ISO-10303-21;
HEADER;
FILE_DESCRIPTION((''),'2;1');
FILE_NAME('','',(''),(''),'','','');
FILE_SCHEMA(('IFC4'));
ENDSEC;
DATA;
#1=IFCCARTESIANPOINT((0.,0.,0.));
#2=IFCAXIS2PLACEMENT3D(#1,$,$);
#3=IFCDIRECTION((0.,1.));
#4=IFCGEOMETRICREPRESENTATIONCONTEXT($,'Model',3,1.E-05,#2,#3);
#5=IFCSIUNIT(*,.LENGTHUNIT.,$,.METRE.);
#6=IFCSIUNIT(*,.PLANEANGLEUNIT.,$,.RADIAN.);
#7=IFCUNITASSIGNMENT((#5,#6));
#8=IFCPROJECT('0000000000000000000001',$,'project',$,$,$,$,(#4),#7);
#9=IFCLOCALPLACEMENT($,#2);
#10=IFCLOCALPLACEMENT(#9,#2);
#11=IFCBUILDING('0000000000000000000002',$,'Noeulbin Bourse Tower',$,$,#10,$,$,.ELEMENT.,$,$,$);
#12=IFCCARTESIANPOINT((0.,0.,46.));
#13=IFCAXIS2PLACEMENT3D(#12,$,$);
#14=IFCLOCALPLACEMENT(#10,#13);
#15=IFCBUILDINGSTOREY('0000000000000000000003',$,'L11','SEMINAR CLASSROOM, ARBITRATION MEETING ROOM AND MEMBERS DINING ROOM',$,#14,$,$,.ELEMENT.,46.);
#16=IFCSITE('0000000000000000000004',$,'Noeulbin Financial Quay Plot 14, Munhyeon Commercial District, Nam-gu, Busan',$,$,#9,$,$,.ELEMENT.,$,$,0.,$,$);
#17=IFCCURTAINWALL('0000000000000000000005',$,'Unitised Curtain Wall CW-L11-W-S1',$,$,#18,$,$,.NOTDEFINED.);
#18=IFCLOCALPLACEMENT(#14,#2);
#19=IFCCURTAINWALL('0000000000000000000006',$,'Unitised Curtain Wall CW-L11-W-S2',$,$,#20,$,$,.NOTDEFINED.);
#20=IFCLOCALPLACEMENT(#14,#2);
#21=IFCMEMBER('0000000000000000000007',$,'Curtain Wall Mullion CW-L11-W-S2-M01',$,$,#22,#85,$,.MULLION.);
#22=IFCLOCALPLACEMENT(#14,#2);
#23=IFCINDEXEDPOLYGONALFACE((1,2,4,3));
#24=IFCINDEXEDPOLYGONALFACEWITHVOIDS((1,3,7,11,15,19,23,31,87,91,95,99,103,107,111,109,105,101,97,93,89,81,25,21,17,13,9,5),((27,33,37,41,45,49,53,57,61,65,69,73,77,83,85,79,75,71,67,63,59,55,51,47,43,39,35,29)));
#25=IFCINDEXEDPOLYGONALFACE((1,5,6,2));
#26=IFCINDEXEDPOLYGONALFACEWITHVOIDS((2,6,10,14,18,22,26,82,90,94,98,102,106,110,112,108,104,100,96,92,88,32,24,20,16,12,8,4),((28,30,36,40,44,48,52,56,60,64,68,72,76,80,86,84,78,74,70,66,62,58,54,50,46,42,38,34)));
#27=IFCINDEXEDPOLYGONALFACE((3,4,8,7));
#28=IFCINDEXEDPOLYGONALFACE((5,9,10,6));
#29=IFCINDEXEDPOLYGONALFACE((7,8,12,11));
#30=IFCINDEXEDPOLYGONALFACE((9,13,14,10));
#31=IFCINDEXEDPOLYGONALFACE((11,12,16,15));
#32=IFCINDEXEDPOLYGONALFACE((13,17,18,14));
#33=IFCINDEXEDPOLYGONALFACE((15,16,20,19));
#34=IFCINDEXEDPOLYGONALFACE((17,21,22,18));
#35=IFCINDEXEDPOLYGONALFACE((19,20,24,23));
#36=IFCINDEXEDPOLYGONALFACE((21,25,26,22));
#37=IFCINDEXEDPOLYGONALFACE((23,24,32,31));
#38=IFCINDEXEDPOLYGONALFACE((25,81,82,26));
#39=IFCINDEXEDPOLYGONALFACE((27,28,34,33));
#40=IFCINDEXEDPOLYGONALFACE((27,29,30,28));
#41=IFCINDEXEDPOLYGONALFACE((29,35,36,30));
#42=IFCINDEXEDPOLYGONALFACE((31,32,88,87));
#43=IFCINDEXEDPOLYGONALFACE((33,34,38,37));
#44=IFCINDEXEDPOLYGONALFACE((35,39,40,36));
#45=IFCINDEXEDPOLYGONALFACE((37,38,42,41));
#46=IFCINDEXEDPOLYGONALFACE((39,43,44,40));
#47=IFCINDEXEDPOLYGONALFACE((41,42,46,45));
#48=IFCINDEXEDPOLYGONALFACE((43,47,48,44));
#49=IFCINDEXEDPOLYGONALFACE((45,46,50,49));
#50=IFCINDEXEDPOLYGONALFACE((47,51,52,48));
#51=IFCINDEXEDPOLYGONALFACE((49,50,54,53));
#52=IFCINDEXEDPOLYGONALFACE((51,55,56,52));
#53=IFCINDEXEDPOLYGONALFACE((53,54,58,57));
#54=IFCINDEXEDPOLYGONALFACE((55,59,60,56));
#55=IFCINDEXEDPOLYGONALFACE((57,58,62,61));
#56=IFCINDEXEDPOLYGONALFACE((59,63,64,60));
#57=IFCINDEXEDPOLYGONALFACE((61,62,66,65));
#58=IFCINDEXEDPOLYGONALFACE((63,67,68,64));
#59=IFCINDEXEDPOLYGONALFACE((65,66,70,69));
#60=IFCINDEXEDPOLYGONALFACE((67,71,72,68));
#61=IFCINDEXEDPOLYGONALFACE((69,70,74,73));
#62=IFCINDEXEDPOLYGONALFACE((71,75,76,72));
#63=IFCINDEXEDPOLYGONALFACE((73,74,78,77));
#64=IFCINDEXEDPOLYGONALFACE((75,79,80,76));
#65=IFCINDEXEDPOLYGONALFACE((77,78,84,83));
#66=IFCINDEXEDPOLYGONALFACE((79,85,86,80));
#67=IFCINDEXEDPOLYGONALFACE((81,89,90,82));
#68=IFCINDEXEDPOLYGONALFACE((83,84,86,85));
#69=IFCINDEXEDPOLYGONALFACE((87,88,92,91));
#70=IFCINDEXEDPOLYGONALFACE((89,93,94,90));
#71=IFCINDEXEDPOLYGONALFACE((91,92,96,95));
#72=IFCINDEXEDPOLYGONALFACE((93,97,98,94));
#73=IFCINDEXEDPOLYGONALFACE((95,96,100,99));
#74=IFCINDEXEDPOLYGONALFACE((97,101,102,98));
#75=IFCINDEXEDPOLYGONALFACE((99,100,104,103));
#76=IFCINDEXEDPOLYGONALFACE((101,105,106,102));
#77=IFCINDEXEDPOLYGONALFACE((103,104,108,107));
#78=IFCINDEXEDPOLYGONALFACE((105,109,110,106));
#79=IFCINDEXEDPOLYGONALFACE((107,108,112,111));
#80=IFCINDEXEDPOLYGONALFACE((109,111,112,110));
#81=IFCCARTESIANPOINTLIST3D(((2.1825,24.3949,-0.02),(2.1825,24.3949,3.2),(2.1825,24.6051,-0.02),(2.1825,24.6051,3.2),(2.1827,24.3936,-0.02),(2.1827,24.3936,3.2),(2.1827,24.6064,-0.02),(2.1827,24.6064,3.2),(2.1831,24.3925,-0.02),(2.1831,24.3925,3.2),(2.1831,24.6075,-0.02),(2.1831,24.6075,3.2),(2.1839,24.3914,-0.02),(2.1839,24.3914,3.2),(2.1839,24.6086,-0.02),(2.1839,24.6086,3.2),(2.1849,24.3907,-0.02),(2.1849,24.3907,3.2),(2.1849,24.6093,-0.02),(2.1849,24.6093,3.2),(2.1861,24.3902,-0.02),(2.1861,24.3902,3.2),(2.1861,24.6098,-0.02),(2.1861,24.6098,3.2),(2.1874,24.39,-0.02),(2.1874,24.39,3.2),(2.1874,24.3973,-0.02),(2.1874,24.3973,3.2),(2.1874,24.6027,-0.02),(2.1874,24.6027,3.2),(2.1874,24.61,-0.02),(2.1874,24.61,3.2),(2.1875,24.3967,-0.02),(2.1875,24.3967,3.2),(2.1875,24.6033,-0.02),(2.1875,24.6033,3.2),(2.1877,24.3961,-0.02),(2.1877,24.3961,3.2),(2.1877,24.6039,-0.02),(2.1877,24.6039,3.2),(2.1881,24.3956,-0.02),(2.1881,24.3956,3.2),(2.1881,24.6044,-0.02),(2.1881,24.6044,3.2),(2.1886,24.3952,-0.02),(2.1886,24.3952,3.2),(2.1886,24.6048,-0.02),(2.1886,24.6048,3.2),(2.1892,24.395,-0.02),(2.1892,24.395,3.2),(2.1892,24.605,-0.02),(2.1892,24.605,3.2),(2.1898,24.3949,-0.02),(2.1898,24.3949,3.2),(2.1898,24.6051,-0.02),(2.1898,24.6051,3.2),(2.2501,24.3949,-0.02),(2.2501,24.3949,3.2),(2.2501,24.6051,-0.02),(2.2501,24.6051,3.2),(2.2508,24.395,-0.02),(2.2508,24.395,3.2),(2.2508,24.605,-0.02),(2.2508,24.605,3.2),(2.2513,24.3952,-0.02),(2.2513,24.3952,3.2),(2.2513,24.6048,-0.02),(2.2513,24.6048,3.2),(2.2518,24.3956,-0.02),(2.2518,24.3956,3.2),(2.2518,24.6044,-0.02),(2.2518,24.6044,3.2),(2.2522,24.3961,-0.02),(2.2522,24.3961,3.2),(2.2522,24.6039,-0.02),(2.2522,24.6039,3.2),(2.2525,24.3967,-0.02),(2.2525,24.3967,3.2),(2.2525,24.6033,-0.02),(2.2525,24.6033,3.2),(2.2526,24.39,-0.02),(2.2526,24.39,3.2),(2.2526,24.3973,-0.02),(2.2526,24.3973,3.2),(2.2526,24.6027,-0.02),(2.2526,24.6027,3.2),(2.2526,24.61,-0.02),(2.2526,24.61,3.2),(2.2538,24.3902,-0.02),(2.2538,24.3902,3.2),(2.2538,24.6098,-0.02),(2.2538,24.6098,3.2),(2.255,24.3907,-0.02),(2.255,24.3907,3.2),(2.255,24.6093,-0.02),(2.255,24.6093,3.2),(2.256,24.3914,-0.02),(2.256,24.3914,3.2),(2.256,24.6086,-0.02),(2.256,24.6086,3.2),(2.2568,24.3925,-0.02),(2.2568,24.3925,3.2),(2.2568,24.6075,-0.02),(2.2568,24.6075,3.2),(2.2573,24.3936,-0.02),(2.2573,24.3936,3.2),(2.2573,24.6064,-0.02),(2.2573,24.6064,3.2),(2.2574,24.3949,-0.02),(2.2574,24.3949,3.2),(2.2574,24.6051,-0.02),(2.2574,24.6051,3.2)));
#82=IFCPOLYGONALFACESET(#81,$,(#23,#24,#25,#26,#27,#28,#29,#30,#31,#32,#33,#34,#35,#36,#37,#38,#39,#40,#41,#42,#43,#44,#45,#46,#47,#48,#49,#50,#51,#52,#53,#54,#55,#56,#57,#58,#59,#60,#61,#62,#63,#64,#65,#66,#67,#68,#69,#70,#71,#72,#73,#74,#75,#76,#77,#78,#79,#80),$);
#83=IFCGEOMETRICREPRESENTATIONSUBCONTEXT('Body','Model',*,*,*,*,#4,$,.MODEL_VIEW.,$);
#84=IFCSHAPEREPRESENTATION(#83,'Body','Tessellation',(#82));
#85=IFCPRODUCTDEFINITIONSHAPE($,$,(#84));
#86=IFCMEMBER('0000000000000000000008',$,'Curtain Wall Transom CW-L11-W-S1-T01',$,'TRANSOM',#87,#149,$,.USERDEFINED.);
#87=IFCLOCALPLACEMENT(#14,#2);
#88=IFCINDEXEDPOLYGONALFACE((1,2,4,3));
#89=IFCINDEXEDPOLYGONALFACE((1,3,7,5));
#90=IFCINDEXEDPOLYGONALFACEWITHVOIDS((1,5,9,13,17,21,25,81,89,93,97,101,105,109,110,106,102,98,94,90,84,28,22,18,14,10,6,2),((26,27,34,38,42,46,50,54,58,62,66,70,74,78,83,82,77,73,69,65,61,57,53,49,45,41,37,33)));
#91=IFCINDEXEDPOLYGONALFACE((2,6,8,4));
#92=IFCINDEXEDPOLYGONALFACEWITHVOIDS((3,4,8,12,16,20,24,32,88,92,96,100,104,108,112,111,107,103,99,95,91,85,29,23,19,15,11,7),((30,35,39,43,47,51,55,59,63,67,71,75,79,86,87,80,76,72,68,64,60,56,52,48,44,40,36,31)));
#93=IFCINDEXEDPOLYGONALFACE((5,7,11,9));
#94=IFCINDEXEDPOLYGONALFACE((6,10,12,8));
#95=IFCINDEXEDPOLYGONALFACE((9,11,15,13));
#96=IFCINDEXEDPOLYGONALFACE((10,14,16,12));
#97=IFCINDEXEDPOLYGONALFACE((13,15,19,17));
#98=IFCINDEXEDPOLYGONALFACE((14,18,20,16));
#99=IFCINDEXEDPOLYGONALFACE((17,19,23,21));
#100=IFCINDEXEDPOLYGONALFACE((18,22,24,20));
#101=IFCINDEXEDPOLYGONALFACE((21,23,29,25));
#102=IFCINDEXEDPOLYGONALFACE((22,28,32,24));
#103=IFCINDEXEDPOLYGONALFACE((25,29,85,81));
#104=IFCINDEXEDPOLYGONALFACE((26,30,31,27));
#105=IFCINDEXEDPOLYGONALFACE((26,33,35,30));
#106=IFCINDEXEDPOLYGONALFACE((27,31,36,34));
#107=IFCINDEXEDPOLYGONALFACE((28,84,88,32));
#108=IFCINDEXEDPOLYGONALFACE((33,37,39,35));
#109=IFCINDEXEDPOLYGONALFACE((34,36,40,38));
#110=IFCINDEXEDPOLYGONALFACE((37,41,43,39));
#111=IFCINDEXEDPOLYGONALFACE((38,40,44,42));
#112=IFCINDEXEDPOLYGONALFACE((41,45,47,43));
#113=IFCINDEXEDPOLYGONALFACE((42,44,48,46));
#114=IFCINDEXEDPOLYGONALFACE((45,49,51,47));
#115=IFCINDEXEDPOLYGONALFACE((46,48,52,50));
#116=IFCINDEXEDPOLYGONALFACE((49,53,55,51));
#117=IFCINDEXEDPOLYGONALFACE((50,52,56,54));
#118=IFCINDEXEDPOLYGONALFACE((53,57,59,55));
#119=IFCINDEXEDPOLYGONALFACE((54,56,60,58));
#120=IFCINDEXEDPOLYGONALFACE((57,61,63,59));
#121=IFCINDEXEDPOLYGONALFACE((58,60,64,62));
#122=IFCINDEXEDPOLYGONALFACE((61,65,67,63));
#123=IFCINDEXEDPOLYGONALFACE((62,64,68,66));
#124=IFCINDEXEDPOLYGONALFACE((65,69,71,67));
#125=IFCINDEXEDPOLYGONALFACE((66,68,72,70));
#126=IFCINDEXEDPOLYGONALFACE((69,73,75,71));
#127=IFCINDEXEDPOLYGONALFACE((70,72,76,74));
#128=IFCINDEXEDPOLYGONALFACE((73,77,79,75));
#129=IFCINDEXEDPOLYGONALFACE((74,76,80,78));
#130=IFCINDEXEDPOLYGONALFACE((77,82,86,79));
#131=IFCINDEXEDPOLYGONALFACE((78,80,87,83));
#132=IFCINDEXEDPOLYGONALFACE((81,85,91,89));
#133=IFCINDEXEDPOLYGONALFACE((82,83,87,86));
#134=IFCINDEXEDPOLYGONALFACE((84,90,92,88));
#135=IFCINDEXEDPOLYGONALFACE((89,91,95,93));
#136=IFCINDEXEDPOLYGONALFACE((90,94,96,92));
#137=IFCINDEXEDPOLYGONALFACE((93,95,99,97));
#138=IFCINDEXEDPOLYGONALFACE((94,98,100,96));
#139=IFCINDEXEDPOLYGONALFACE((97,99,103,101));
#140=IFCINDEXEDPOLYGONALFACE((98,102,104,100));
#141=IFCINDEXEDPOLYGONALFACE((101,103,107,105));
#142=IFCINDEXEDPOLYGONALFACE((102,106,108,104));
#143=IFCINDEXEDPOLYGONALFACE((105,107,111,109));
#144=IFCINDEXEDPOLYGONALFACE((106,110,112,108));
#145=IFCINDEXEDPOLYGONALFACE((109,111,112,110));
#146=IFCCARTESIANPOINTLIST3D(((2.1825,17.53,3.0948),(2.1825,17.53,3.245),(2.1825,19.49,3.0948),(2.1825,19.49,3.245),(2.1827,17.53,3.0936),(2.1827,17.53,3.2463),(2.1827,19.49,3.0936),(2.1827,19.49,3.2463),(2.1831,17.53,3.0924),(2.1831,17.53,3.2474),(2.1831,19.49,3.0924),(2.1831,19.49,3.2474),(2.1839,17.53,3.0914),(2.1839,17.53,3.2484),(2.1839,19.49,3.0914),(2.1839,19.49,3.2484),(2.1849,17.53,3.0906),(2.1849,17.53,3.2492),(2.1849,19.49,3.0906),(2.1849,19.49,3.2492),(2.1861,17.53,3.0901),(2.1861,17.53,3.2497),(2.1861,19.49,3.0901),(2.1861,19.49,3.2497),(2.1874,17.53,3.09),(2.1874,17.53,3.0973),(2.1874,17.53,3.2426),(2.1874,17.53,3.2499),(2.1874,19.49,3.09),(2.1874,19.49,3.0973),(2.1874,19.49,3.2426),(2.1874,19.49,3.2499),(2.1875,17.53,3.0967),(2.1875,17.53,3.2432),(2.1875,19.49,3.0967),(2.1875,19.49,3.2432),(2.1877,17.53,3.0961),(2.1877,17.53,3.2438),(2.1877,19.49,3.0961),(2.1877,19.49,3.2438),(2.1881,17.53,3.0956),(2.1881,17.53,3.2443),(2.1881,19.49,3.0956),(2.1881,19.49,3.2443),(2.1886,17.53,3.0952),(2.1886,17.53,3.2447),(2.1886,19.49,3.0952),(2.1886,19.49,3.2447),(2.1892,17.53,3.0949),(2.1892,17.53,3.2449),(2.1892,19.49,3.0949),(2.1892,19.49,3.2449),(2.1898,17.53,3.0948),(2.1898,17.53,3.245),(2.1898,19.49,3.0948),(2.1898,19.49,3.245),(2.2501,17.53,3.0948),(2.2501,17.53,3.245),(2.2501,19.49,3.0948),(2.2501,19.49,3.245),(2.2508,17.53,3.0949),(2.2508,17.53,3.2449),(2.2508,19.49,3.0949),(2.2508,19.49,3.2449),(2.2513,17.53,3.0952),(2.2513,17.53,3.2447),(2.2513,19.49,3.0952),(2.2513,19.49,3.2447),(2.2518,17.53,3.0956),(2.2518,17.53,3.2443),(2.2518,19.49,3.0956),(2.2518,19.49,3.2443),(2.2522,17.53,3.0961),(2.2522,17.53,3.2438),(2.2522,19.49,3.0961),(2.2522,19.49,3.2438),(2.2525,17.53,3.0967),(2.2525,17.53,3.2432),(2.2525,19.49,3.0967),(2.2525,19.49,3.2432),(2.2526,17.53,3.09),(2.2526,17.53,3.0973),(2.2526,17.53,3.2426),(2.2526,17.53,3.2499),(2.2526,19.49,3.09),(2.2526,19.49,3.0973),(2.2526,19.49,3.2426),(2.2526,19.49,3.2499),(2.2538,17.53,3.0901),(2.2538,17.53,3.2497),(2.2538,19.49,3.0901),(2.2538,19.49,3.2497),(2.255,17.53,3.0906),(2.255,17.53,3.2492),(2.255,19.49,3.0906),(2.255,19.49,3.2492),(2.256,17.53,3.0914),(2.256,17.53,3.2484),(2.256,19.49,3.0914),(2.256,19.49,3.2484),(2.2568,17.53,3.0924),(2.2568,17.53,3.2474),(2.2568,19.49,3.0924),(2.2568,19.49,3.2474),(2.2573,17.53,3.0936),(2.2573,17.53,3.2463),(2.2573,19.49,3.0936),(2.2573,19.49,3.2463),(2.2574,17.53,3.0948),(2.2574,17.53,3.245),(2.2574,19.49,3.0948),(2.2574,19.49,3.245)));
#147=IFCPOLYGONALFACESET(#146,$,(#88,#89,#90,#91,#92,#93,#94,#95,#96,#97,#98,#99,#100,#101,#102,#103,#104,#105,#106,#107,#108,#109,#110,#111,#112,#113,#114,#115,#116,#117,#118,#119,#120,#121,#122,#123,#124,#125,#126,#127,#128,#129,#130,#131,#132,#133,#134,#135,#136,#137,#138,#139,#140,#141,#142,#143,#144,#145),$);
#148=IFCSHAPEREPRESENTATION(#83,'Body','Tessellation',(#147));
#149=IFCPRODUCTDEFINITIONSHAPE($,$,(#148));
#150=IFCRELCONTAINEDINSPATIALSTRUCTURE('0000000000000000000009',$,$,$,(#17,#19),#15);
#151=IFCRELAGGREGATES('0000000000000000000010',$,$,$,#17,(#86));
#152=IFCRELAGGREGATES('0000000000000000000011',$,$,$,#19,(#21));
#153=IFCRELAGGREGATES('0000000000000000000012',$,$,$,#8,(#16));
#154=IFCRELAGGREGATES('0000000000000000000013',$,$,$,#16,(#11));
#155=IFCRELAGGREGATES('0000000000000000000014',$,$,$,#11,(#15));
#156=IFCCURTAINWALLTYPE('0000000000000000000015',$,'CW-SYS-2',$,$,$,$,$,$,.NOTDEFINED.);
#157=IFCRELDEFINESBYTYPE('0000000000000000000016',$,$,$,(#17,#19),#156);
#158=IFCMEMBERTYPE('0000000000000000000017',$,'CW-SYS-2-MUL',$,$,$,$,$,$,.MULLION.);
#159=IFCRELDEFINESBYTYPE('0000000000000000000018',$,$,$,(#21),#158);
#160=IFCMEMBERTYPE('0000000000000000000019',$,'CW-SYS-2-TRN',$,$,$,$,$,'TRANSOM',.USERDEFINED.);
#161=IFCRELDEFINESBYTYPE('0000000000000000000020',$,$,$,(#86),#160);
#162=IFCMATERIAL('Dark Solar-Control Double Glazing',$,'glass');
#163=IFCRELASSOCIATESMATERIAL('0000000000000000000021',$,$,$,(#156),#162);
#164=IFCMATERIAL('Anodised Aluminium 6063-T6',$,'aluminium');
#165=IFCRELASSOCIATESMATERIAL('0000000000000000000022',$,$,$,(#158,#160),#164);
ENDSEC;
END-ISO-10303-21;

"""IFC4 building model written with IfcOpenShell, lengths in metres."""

from ifc_helpers import new_model, si_unit, direction, frame, origin, origin_2d, place, context, subcontext, project, spatial, hollow_rectangle, extrude, material, material_profile, profile_set, type_object, element, aggregate, save


model = new_model("IFC4")

# Units and contexts
model_context = context("Model", 3, precision=1e-05, world=origin(), true_north=direction((0.0, 1.0)))
body_context = subcontext(model_context, "Body", "Model", "MODEL_VIEW")
ifc_project = project(units=[si_unit("LENGTHUNIT", "METRE"), si_unit("PLANEANGLEUNIT", "RADIAN")], contexts=[model_context])

# Site, building, storey
site_placement = place(None, origin())
site = spatial("IfcSite", under=ifc_project, at=site_placement, Name="Noeulbin Financial Quay Plot 14, Munhyeon Commercial District, Nam-gu, Busan", CompositionType="ELEMENT", RefElevation=0.0)
building_placement = place(site_placement, origin())
building = spatial("IfcBuilding", under=site, at=building_placement, Name="Noeulbin Bourse Tower", CompositionType="ELEMENT")
storey_placement = place(building_placement, frame((0.0, 0.0, 46.0)))
storey = spatial("IfcBuildingStorey", under=building, at=storey_placement, Name="L11", Description="SEMINAR CLASSROOM, ARBITRATION MEETING ROOM AND MEMBERS DINING ROOM", CompositionType="ELEMENT", Elevation=46.0)

# Curtain wall
ifc_material_1 = material(Name="Dark Solar-Control Double Glazing", Category="glass")
curtain_wall_type = type_object("IfcCurtainWallType", Name="CW-SYS-2", PredefinedType="NOTDEFINED", material=ifc_material_1)
curtain_wall_1_placement = place(storey_placement, origin())
curtain_wall_1 = element("IfcCurtainWall", 1, at=curtain_wall_1_placement, inside=storey, type_object=curtain_wall_type, Name="Unitised Curtain Wall CW-L11-W-S1", PredefinedType="NOTDEFINED")
ifc_material_2 = material(Name="Anodised Aluminium 6063-T6", Category="aluminium")
ifc_material_profile_1 = material_profile(ifc_material_2, hollow_rectangle(XDim=0.075, YDim=0.22, WallThickness=0.0049, InnerFilletRadius=0.0024, OuterFilletRadius=0.0049, at=origin_2d()), Name="ALU-MULL-75x220x5", Category="LoadBearing")
ifc_profile_set_1 = profile_set([ifc_material_profile_1], Name="Anodised Aluminium 6063-T6")
member_type_1 = type_object("IfcMemberType", Name="CW-SYS-2-MUL", PredefinedType="MULLION", material=ifc_profile_set_1)

# Curtain wall, member
curtain_wall_2_placement = place(storey_placement, origin())
curtain_wall_2 = element("IfcCurtainWall", 2, at=curtain_wall_2_placement, inside=storey, type_object=curtain_wall_type, Name="Unitised Curtain Wall CW-L11-W-S2", PredefinedType="NOTDEFINED")
member_1_placement = place(storey_placement, frame((2.22, 24.5, -0.02), z_axis=(0.0, 0.0, 1.0), x_axis=(1.0, 0.0, 0.0)))
member_1 = element("IfcMember", 3, at=member_1_placement, type_object=member_type_1, Name="Curtain Wall Mullion CW-L11-W-S2-M01", PredefinedType="MULLION", context=body_context, shape_type="SweptSolid", body=[
    extrude(hollow_rectangle(XDim=0.075, YDim=0.22, WallThickness=0.0049, InnerFilletRadius=0.0024, OuterFilletRadius=0.0049, at=origin_2d()), origin(), (0.0, 0.0, 1.0), 3.22),
])

# Member
ifc_material_profile_2 = material_profile(ifc_material_2, hollow_rectangle(XDim=0.075, YDim=0.1599, WallThickness=0.0049, InnerFilletRadius=0.0024, OuterFilletRadius=0.0049, at=origin_2d()), Name="ALU-TRAN-75x160x5", Category="LoadBearing")
ifc_profile_set_2 = profile_set([ifc_material_profile_2], Name="Anodised Aluminium 6063-T6")
member_type_2 = type_object("IfcMemberType", Name="CW-SYS-2-TRN", ElementType="TRANSOM", PredefinedType="USERDEFINED", material=ifc_profile_set_2)
member_2_placement = place(storey_placement, frame((2.22, 17.53, 3.1699), z_axis=(0.0, 1.0, 0.0), x_axis=(-1.0, 0.0, 0.0)))
member_2 = element("IfcMember", 4, at=member_2_placement, type_object=member_type_2, Name="Curtain Wall Transom CW-L11-W-S1-T01", ObjectType="TRANSOM", PredefinedType="USERDEFINED", context=body_context, shape_type="SweptSolid", body=[
    extrude(hollow_rectangle(XDim=0.075, YDim=0.1599, WallThickness=0.0049, InnerFilletRadius=0.0024, OuterFilletRadius=0.0049, at=origin_2d()), origin(), (0.0, 0.0, 1.0), 1.96),
])

aggregate(curtain_wall_1, [member_2])
aggregate(curtain_wall_2, [member_1])

save(model, "model.ifc")
